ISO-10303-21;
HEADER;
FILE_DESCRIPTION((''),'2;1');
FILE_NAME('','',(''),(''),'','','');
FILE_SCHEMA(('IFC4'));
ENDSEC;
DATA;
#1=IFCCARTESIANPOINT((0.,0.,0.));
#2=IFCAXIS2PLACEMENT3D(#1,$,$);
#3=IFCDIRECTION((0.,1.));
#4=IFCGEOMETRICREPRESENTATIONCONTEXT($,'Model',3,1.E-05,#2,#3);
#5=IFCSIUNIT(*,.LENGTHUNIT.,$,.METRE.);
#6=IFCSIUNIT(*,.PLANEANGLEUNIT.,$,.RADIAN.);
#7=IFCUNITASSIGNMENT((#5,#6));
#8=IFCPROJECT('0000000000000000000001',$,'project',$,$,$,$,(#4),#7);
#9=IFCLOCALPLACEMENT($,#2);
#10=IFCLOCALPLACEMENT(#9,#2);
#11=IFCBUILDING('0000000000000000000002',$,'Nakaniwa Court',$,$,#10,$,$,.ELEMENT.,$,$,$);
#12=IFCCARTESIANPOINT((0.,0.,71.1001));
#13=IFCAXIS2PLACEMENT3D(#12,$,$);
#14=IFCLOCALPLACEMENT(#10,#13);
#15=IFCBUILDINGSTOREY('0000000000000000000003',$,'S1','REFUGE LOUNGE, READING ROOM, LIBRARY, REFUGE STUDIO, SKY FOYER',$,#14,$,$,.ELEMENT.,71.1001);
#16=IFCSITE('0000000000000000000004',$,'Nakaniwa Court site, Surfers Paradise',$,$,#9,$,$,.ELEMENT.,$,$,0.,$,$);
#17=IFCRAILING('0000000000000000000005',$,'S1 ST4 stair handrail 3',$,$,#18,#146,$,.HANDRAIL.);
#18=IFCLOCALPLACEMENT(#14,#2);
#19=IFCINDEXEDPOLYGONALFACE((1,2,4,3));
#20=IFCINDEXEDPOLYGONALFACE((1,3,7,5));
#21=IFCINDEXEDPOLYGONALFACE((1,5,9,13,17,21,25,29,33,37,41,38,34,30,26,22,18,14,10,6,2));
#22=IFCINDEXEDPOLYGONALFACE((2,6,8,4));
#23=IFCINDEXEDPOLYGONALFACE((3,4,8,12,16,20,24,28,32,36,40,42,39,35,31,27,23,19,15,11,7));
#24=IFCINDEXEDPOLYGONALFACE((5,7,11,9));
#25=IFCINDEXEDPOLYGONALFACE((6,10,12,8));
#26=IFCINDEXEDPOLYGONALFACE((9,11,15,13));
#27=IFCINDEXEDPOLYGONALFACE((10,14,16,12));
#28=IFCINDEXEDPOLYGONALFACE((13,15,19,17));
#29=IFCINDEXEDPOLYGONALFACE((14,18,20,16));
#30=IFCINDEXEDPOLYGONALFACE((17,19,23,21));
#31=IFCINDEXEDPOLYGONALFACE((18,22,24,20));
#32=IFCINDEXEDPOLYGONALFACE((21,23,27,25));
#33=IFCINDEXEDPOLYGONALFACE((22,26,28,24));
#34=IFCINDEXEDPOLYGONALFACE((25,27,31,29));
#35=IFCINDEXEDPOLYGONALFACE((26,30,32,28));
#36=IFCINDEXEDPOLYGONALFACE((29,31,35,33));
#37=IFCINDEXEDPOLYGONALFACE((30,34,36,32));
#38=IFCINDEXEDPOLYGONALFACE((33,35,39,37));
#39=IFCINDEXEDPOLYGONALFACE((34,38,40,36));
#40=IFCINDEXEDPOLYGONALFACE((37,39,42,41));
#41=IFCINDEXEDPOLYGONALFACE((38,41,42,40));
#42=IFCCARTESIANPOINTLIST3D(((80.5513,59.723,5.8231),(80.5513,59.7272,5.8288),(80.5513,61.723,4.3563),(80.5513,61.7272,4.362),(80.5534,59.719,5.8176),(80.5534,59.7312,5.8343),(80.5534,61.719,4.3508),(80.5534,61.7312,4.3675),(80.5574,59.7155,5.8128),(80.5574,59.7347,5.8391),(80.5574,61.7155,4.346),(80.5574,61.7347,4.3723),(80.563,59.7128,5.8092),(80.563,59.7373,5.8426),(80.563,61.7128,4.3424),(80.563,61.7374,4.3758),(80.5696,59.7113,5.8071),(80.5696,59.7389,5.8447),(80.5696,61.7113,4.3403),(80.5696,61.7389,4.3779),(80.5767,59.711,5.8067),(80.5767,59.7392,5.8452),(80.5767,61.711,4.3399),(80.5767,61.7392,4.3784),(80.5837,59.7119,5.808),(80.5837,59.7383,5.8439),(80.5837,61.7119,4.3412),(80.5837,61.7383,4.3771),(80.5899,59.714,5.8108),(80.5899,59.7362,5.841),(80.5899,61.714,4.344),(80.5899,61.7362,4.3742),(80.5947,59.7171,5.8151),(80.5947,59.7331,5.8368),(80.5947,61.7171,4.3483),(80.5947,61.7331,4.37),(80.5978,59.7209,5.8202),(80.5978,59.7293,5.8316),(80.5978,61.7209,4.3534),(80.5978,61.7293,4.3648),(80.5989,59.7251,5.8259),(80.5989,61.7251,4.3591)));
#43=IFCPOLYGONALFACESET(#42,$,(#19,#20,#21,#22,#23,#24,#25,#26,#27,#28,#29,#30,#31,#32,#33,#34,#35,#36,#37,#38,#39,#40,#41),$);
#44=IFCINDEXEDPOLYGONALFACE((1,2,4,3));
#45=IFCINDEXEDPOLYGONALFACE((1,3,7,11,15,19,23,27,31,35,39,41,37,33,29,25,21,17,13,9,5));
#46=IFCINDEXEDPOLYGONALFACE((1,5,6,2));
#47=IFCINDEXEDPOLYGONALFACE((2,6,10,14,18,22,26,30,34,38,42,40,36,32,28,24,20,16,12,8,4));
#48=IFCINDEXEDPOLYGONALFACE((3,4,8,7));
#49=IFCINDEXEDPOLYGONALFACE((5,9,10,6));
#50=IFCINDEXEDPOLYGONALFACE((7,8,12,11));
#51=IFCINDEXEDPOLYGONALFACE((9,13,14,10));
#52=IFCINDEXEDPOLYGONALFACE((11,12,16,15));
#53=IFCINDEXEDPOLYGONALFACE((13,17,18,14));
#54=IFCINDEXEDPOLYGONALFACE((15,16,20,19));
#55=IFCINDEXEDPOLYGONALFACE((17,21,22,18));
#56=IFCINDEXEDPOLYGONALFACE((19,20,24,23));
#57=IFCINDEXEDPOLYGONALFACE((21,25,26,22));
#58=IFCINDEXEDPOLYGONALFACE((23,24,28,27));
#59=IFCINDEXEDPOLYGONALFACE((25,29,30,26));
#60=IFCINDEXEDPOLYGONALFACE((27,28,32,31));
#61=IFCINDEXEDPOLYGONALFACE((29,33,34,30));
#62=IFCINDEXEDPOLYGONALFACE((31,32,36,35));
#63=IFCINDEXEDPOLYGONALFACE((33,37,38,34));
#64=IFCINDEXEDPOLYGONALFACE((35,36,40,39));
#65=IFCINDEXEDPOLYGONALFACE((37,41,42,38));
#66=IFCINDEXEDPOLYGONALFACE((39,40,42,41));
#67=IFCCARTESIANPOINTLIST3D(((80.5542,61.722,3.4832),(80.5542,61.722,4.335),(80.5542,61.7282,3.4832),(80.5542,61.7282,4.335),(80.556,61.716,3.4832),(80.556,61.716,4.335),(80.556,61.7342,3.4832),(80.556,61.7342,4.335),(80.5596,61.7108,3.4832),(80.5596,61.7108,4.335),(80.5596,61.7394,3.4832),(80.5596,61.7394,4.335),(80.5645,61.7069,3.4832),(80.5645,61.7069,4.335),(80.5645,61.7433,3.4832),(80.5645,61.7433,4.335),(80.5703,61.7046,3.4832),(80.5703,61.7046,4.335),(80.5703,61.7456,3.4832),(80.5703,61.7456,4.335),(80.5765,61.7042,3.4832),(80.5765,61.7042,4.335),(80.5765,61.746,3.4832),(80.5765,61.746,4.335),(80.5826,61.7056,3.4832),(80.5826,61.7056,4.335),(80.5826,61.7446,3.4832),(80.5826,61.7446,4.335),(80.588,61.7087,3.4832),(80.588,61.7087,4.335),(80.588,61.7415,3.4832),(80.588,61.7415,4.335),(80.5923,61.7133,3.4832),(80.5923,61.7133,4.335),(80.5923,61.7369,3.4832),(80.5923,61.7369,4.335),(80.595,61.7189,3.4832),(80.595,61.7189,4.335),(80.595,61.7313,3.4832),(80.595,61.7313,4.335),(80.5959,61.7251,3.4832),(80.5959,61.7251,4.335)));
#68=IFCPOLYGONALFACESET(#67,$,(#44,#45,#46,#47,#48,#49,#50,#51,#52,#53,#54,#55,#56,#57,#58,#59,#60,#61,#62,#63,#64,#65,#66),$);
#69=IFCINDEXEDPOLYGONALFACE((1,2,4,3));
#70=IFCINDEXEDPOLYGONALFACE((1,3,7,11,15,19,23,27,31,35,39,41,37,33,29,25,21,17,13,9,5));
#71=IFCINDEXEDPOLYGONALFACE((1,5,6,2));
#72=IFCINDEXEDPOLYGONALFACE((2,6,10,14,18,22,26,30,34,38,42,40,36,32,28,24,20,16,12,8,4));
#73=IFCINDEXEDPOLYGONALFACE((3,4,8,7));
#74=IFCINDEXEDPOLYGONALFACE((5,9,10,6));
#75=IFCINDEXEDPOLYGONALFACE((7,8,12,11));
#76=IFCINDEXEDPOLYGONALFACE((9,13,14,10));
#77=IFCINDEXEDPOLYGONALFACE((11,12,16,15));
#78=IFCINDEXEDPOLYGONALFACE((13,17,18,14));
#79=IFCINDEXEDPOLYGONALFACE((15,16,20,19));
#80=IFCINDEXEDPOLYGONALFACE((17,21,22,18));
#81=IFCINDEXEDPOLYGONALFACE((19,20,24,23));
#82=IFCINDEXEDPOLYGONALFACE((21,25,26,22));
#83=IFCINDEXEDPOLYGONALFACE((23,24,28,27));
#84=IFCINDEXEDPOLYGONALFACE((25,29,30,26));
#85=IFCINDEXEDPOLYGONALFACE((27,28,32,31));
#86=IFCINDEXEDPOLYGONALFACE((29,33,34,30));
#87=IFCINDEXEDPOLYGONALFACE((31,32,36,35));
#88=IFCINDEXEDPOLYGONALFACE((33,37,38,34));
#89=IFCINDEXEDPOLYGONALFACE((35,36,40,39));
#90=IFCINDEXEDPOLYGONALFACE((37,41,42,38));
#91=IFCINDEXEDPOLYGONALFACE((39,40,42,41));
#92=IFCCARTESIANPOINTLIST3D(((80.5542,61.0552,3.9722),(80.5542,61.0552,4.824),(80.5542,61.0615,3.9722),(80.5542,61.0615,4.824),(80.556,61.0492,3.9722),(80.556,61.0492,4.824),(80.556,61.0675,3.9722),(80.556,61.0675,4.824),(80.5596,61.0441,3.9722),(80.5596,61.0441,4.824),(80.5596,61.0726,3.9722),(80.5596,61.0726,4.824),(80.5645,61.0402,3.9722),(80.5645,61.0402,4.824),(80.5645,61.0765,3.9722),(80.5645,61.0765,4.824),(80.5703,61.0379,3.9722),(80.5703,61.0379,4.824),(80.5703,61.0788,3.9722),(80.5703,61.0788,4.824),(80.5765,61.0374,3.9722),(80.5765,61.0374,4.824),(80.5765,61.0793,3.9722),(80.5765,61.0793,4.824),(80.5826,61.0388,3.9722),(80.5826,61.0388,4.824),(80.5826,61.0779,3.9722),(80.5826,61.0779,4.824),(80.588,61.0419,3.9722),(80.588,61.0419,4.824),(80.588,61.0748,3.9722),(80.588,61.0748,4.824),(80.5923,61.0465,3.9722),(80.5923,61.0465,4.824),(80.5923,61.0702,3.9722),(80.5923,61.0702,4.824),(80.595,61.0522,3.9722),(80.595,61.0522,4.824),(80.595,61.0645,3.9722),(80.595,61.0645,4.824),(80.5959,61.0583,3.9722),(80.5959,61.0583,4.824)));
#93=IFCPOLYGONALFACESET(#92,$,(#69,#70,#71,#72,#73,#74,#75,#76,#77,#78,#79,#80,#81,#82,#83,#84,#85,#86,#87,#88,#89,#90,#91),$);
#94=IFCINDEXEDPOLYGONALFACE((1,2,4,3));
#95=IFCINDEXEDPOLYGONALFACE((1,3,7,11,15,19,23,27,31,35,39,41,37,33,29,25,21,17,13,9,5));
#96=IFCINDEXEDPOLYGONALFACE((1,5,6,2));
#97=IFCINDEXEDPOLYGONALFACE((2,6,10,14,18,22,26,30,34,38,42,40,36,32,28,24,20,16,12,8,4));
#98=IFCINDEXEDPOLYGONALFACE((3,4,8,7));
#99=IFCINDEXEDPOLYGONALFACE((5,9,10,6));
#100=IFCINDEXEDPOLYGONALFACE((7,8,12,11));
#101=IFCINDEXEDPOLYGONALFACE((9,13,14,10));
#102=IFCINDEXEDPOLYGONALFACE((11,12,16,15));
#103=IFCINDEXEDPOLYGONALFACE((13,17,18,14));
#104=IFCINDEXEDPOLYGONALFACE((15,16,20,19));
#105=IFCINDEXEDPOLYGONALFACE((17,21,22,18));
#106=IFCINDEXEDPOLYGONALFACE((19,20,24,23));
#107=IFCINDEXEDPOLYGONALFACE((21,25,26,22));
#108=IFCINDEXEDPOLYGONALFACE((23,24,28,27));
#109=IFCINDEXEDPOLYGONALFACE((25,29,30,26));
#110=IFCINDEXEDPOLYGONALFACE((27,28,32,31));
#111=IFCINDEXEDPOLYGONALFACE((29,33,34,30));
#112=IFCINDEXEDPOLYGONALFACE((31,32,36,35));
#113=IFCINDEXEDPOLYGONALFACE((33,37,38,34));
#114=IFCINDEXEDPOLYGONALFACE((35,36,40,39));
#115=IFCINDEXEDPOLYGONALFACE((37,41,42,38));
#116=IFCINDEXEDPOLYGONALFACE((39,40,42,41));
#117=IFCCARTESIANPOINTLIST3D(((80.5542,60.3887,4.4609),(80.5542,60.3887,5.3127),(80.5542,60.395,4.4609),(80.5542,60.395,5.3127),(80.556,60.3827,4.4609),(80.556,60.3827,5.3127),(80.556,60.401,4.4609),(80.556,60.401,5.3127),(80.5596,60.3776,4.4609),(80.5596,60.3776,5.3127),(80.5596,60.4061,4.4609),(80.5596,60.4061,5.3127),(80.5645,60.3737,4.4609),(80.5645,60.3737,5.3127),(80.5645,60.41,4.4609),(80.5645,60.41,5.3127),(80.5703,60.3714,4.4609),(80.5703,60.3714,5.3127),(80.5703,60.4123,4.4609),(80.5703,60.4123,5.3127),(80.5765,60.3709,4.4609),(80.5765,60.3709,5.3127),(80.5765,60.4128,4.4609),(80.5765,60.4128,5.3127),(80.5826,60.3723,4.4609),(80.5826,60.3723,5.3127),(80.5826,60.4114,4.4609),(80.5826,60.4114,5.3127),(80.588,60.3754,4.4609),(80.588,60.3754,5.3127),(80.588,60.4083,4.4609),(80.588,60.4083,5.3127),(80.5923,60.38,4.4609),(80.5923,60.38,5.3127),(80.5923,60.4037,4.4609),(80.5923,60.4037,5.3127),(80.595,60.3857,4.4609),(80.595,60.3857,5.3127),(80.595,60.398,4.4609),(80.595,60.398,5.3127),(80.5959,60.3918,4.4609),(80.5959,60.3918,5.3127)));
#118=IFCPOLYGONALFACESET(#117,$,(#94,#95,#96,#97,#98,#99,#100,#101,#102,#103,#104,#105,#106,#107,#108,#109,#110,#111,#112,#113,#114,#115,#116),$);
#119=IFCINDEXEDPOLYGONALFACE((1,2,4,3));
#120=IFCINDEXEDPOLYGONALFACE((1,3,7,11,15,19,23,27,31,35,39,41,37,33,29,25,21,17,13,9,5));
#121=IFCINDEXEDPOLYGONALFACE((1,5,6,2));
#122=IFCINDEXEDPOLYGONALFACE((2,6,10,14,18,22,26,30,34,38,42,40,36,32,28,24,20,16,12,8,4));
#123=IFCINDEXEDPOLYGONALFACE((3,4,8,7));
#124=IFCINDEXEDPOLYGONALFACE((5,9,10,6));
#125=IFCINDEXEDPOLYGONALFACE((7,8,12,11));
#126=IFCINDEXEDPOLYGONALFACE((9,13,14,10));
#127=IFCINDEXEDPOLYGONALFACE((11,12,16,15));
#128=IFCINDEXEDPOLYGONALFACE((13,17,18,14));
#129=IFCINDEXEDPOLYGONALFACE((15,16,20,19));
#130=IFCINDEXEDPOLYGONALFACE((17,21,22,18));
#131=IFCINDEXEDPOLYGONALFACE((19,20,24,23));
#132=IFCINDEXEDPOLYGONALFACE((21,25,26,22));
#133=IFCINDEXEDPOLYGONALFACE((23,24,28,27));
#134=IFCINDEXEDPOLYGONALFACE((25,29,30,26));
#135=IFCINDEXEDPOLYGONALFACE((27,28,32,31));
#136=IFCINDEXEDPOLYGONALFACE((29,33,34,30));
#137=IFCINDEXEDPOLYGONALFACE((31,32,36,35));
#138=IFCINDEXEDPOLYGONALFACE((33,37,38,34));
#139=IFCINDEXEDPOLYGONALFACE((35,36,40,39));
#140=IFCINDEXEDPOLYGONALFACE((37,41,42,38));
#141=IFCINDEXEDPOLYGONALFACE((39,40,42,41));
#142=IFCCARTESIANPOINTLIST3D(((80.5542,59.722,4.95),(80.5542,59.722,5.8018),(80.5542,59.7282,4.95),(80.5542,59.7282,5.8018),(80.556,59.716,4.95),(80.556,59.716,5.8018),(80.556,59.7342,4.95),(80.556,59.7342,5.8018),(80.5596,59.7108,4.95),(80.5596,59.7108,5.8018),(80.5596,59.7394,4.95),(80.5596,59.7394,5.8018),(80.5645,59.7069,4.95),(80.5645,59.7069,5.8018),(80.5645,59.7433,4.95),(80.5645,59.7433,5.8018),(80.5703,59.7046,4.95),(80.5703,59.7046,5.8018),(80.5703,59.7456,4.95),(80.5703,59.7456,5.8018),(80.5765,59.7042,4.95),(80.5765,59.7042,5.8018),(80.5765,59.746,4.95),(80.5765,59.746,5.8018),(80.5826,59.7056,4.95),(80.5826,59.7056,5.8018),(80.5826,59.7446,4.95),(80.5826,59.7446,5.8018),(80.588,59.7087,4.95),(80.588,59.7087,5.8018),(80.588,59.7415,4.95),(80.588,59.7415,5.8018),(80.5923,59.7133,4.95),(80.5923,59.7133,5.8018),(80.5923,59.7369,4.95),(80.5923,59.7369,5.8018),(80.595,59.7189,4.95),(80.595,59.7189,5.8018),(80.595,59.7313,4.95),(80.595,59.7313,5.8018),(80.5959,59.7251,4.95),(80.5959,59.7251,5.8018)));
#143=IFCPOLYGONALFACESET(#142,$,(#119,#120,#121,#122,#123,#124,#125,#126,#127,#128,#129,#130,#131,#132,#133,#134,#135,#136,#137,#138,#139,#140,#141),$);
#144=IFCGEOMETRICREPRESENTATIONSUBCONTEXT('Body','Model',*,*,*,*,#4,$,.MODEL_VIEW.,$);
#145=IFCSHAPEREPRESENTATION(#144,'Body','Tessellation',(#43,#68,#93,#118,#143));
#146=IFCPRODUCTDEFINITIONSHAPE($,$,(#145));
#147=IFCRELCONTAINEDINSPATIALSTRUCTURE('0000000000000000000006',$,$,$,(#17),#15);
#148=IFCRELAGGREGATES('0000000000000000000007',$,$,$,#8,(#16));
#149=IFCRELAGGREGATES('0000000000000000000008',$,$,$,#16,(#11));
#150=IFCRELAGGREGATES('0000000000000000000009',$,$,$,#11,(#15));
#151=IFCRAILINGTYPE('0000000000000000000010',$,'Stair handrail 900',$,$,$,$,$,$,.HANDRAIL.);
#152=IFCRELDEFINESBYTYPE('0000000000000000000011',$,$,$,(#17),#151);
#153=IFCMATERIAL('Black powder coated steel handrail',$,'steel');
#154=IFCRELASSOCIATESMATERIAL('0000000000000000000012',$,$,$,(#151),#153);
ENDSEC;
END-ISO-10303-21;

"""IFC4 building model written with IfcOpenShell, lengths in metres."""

from ifc_helpers import new_model, si_unit, direction, frame, origin, origin_2d, place, context, subcontext, project, spatial, circle, extrude, material, type_object, element, save


model = new_model("IFC4")

# Units and contexts
model_context = context("Model", 3, precision=1e-05, world=origin(), true_north=direction((0.0, 1.0)))
body_context = subcontext(model_context, "Body", "Model", "MODEL_VIEW")
ifc_project = project(units=[si_unit("LENGTHUNIT", "METRE"), si_unit("PLANEANGLEUNIT", "RADIAN")], contexts=[model_context])

# Site, building, storey
site_placement = place(None, origin())
site = spatial("IfcSite", under=ifc_project, at=site_placement, Name="Nakaniwa Court site, Surfers Paradise", CompositionType="ELEMENT", RefElevation=0.0)
building_placement = place(site_placement, origin())
building = spatial("IfcBuilding", under=site, at=building_placement, Name="Nakaniwa Court", CompositionType="ELEMENT")
storey_placement = place(building_placement, frame((0.0, 0.0, 71.1001)))
storey = spatial("IfcBuildingStorey", under=building, at=storey_placement, Name="S1", Description="REFUGE LOUNGE, READING ROOM, LIBRARY, REFUGE STUDIO, SKY FOYER", CompositionType="ELEMENT", Elevation=71.1001)

# Railing
ifc_material_1 = material(Name="Black powder coated steel handrail", Category="steel")
railing_type_1 = type_object("IfcRailingType", Name="Stair handrail 900", PredefinedType="HANDRAIL", material=ifc_material_1)
railing_1_placement = place(storey_placement, frame((80.575, 61.7251, 3.4832)))
element("IfcRailing", 1, at=railing_1_placement, inside=storey, type_object=railing_type_1, Name="S1 ST4 stair handrail 3", PredefinedType="HANDRAIL", context=body_context, shape_type="SweptSolid", body=[
    extrude(circle(Radius=0.0239, at=origin_2d()), frame((0.0, 0.0, 0.876), z_axis=(0.0, -0.80638, 0.591398), x_axis=(1.0, 0.0, 0.0)), (0.0, 0.0, 1.0), 2.4802),
    extrude(circle(Radius=0.021, at=origin_2d()), origin(), (0.0, 0.0, 1.0), 0.8518),
    extrude(circle(Radius=0.021, at=origin_2d()), frame((0.0, -0.6667, 0.489)), (0.0, 0.0, 1.0), 0.8518),
    extrude(circle(Radius=0.021, at=origin_2d()), frame((0.0, -1.3333, 0.9778)), (0.0, 0.0, 1.0), 0.8518),
    extrude(circle(Radius=0.021, at=origin_2d()), frame((0.0, -2.0, 1.4668)), (0.0, 0.0, 1.0), 0.8518),
])

save(model, "model.ifc")
